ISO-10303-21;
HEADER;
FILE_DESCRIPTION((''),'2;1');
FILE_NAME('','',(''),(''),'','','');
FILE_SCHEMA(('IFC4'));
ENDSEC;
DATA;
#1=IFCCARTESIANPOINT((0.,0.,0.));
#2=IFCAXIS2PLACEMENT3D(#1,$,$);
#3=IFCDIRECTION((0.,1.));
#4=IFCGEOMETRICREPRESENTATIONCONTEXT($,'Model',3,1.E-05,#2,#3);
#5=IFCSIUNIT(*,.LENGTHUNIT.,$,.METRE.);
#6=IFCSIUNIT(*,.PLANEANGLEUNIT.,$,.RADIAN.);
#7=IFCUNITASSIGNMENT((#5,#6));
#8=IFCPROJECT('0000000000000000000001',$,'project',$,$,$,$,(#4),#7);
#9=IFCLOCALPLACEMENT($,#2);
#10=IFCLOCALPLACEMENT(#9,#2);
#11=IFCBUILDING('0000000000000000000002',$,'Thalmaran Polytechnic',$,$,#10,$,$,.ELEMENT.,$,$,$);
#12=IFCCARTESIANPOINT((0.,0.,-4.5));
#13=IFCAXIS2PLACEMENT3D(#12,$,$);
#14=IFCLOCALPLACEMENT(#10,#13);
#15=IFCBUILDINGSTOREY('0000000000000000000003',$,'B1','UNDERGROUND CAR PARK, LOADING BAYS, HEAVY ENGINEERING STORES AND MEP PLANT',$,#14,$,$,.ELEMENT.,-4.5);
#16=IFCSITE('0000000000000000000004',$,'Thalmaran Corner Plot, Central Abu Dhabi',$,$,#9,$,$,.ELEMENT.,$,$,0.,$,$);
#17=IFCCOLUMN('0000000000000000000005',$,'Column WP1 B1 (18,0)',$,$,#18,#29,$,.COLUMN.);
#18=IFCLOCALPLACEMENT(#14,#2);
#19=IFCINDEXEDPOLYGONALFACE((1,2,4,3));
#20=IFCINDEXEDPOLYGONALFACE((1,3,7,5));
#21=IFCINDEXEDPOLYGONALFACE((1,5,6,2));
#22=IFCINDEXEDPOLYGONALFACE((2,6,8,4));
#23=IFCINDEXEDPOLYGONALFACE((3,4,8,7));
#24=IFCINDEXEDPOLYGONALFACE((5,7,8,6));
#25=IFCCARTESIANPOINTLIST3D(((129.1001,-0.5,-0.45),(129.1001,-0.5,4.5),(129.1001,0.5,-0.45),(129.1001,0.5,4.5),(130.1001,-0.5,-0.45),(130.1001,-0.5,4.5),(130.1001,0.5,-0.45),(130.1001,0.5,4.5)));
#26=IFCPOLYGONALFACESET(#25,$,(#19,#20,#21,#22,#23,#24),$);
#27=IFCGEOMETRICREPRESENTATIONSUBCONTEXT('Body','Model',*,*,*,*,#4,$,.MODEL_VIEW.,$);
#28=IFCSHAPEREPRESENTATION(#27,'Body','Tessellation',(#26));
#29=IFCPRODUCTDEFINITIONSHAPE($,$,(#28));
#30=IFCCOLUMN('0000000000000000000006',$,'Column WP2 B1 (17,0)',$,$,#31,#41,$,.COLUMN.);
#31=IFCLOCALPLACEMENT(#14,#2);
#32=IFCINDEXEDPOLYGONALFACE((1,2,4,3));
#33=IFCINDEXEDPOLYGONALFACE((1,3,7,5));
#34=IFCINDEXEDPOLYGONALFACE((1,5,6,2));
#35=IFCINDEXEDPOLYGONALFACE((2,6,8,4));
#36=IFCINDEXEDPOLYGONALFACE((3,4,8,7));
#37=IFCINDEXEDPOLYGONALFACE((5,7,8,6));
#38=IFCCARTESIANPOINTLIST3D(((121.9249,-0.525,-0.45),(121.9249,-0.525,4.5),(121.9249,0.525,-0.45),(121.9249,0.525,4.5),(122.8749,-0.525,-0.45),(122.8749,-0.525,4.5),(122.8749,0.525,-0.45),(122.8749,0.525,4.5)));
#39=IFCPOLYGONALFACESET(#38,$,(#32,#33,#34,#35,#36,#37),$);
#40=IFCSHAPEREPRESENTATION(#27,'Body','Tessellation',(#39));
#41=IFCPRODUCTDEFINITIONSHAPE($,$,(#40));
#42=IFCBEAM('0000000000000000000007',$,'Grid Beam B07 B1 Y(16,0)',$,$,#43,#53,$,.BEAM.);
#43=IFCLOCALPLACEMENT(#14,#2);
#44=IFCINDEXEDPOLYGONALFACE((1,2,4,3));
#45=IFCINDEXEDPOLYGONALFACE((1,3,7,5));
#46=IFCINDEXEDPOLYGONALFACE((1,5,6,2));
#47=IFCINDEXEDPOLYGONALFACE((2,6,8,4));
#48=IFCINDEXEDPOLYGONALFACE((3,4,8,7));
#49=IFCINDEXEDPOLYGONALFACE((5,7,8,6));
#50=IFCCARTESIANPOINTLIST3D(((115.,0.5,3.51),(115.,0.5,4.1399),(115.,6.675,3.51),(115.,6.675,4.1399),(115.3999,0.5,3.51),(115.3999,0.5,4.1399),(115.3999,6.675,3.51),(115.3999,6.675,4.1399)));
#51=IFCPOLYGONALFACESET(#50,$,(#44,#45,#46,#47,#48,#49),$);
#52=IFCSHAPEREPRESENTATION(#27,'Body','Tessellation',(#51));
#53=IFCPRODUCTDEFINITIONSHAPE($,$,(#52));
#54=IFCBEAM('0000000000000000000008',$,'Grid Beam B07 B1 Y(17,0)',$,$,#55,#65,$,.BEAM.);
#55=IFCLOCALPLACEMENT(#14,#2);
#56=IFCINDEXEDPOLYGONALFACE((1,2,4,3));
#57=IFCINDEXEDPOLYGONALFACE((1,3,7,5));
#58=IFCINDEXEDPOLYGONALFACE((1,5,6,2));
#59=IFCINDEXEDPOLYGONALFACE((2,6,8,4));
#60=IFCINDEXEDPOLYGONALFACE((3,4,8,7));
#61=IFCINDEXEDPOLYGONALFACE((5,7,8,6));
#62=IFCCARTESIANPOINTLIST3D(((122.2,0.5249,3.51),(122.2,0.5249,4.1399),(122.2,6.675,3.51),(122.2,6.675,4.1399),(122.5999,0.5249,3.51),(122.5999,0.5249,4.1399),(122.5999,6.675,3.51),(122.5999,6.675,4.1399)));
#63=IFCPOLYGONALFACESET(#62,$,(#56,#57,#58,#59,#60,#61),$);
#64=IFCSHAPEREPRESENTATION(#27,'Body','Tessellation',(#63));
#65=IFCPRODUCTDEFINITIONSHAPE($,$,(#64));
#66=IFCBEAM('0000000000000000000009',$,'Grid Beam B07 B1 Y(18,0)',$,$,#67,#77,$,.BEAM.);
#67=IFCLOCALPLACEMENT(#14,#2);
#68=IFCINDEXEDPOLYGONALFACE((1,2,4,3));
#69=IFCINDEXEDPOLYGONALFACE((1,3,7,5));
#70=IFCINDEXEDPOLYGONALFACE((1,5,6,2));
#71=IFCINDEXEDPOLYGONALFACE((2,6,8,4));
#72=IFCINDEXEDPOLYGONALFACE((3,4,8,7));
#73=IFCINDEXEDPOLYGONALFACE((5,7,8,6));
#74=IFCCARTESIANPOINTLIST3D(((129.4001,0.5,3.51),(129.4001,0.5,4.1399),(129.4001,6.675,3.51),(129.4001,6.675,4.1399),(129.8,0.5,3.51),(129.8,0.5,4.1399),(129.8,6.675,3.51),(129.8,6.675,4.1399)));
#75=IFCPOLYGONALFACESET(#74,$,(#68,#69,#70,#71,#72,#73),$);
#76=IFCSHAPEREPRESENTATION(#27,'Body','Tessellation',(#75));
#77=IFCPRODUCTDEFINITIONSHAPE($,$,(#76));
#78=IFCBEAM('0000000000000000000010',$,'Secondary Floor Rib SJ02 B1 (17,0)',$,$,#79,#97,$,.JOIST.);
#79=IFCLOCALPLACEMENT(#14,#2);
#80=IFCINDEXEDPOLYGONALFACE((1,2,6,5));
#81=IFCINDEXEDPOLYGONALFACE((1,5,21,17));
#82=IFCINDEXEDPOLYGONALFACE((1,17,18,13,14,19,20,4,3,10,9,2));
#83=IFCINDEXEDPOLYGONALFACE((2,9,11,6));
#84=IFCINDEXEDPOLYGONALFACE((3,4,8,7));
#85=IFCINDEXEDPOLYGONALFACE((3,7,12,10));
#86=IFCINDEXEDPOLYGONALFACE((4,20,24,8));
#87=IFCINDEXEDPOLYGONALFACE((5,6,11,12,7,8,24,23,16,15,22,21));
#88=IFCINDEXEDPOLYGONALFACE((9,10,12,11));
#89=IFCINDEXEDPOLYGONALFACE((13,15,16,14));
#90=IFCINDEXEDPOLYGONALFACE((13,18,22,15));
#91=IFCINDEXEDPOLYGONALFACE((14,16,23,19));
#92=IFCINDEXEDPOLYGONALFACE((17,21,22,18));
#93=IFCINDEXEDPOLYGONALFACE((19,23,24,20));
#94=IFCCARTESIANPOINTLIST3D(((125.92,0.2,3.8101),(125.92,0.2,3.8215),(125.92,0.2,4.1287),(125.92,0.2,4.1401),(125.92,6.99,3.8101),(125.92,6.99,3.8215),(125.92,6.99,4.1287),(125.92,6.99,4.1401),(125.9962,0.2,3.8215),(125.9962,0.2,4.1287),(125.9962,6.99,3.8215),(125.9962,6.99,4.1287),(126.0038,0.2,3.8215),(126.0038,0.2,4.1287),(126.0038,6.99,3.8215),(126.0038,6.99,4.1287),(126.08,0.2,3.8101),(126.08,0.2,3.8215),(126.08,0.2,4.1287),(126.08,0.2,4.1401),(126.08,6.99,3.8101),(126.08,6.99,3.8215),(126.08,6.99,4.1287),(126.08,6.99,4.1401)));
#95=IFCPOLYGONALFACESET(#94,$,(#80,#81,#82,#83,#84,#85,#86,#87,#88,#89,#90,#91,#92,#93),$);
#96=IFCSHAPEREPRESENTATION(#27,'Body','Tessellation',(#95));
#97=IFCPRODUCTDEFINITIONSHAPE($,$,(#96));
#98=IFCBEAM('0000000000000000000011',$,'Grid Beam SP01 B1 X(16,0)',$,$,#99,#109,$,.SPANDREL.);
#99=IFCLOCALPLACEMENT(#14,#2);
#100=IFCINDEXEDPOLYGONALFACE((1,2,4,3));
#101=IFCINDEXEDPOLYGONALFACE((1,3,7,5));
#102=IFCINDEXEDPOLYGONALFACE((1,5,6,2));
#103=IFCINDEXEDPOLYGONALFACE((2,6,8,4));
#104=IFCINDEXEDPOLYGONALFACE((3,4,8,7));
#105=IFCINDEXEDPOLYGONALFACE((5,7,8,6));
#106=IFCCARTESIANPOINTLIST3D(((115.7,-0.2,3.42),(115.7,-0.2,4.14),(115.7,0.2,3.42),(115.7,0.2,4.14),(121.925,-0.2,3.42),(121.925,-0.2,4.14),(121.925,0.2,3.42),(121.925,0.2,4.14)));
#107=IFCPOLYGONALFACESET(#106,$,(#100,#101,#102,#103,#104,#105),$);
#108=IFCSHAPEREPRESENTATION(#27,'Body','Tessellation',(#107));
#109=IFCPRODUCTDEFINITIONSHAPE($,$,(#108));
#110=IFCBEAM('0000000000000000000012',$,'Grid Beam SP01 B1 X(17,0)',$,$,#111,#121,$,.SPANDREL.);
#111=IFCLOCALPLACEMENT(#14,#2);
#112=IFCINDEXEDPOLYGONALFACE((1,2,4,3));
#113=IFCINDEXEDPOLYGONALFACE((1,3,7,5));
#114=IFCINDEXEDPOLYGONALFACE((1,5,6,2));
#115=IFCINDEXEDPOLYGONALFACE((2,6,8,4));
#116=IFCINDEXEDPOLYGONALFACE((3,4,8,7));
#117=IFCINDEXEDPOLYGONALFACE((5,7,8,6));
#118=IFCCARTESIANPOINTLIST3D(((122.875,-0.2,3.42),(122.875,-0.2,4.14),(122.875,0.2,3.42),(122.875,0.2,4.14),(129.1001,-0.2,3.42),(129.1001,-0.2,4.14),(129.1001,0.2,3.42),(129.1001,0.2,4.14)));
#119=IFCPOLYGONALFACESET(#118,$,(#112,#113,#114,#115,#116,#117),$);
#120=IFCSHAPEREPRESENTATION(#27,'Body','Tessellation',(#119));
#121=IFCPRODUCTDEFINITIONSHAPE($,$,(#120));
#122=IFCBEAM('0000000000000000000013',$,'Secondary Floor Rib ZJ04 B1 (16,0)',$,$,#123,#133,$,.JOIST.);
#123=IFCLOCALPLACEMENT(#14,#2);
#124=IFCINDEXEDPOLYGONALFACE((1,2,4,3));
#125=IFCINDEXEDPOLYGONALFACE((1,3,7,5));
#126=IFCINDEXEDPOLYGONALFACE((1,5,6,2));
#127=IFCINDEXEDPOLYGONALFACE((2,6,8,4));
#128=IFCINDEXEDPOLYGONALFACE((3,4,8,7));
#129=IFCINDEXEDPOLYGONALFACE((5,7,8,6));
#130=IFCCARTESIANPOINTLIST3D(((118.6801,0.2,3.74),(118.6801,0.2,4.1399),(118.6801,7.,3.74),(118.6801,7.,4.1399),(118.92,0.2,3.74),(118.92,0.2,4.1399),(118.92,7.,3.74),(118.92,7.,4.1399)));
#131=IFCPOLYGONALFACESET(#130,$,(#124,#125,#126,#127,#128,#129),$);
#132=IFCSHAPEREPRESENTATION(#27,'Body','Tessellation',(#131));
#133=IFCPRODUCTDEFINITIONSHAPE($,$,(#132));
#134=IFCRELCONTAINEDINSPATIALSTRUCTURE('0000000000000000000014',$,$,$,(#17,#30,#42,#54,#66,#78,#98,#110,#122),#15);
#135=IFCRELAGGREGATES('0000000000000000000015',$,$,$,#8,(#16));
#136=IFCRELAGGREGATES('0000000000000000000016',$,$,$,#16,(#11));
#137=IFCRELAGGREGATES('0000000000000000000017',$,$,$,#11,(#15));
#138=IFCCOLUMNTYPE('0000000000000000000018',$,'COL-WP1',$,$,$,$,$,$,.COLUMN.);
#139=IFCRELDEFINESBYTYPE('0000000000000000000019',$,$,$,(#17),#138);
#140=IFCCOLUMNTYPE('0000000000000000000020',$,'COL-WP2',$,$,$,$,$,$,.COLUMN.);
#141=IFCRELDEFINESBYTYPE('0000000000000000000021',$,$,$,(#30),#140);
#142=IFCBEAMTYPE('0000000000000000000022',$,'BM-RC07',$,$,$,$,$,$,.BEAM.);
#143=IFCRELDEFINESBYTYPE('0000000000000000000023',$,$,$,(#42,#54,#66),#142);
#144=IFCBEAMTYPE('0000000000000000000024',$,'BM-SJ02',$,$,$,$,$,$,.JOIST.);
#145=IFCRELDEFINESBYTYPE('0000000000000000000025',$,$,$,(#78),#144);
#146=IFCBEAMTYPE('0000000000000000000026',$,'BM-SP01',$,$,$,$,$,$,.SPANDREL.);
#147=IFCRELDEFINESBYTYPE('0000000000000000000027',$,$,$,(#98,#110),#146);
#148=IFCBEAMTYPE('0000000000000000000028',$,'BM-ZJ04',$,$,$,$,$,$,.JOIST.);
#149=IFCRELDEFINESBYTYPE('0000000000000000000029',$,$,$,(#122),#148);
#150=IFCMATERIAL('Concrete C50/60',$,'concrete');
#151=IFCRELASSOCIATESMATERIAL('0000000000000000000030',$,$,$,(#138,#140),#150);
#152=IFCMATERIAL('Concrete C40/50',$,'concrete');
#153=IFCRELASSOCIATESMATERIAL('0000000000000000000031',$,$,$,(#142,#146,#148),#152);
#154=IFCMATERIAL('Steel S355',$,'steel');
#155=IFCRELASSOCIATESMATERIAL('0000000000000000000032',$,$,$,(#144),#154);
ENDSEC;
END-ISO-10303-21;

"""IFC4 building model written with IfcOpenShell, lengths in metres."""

from ifc_helpers import new_model, si_unit, direction, frame, origin, origin_2d, place, context, subcontext, project, spatial, rectangle, i_section, extrude, material, material_profile, profile_set, type_object, element, save


model = new_model("IFC4")

# Units and contexts
model_context = context("Model", 3, precision=1e-05, world=origin(), true_north=direction((0.0, 1.0)))
body_context = subcontext(model_context, "Body", "Model", "MODEL_VIEW")
ifc_project = project(units=[si_unit("LENGTHUNIT", "METRE"), si_unit("PLANEANGLEUNIT", "RADIAN")], contexts=[model_context])

# Site, building, storey
site_placement = place(None, origin())
site = spatial("IfcSite", under=ifc_project, at=site_placement, Name="Thalmaran Corner Plot, Central Abu Dhabi", CompositionType="ELEMENT", RefElevation=0.0)
building_placement = place(site_placement, origin())
building = spatial("IfcBuilding", under=site, at=building_placement, Name="Thalmaran Polytechnic", CompositionType="ELEMENT")
storey_placement = place(building_placement, frame((0.0, 0.0, -4.5)))
storey = spatial("IfcBuildingStorey", under=building, at=storey_placement, Name="B1", Description="UNDERGROUND CAR PARK, LOADING BAYS, HEAVY ENGINEERING STORES AND MEP PLANT", CompositionType="ELEMENT", Elevation=-4.5)

# Shared definitions
ifc_material_1 = material(Name="Concrete C40/50", Category="concrete")

# Columns
ifc_material_2 = material(Name="Concrete C50/60", Category="concrete")
ifc_material_profile_1 = material_profile(ifc_material_2, rectangle(XDim=1.0, YDim=1.0, at=origin_2d()), Name="RC 1000x1000")
ifc_profile_set_1 = profile_set([ifc_material_profile_1], Name="Concrete C50/60")
column_type_1 = type_object("IfcColumnType", Name="COL-WP1", PredefinedType="COLUMN", material=ifc_profile_set_1)
column_1_placement = place(storey_placement, frame((129.6001, 0.0, -0.45), z_axis=(0.0, 0.0, 1.0), x_axis=(1.0, 0.0, 0.0)))
element("IfcColumn", 1, at=column_1_placement, inside=storey, type_object=column_type_1, Name="Column WP1 B1 (18,0)", PredefinedType="COLUMN", context=body_context, shape_type="SweptSolid", body=[
    extrude(rectangle(XDim=1.0, YDim=1.0, at=origin_2d()), origin(), (0.0, 0.0, 1.0), 4.95),
])
ifc_material_profile_2 = material_profile(ifc_material_2, rectangle(XDim=0.95, YDim=1.05, at=origin_2d()), Name="RC 950x1050")
ifc_profile_set_2 = profile_set([ifc_material_profile_2], Name="Concrete C50/60")
column_type_2 = type_object("IfcColumnType", Name="COL-WP2", PredefinedType="COLUMN", material=ifc_profile_set_2)
column_2_placement = place(storey_placement, frame((122.3999, 0.0, -0.45), z_axis=(0.0, 0.0, 1.0), x_axis=(1.0, 0.0, 0.0)))
element("IfcColumn", 2, at=column_2_placement, inside=storey, type_object=column_type_2, Name="Column WP2 B1 (17,0)", PredefinedType="COLUMN", context=body_context, shape_type="SweptSolid", body=[
    extrude(rectangle(XDim=0.95, YDim=1.05, at=origin_2d()), origin(), (0.0, 0.0, 1.0), 4.95),
])

# Beams
ifc_material_profile_3 = material_profile(ifc_material_1, rectangle(XDim=0.3999, YDim=0.6299, at=origin_2d()), Name="RC 400x630")
ifc_profile_set_3 = profile_set([ifc_material_profile_3], Name="Concrete C40/50")
beam_type_1 = type_object("IfcBeamType", Name="BM-RC07", PredefinedType="BEAM", material=ifc_profile_set_3)
beam_1_placement = place(storey_placement, frame((115.2, 0.5, 3.825), z_axis=(0.0, 1.0, 0.0), x_axis=(-1.0, 0.0, 0.0)))
element("IfcBeam", 3, at=beam_1_placement, inside=storey, type_object=beam_type_1, Name="Grid Beam B07 B1 Y(16,0)", PredefinedType="BEAM", context=body_context, shape_type="SweptSolid", body=[
    extrude(rectangle(XDim=0.3999, YDim=0.6299, at=origin_2d()), origin(), (0.0, 0.0, 1.0), 6.175),
])
beam_2_placement = place(storey_placement, frame((122.3999, 0.5249, 3.825), z_axis=(0.0, 1.0, 0.0), x_axis=(-1.0, 0.0, 0.0)))
element("IfcBeam", 4, at=beam_2_placement, inside=storey, type_object=beam_type_1, Name="Grid Beam B07 B1 Y(17,0)", PredefinedType="BEAM", context=body_context, shape_type="SweptSolid", body=[
    extrude(rectangle(XDim=0.3999, YDim=0.6299, at=origin_2d()), origin(), (0.0, 0.0, 1.0), 6.1501),
])
beam_3_placement = place(storey_placement, frame((129.6001, 0.5, 3.825), z_axis=(0.0, 1.0, 0.0), x_axis=(-1.0, 0.0, 0.0)))
element("IfcBeam", 5, at=beam_3_placement, inside=storey, type_object=beam_type_1, Name="Grid Beam B07 B1 Y(18,0)", PredefinedType="BEAM", context=body_context, shape_type="SweptSolid", body=[
    extrude(rectangle(XDim=0.3999, YDim=0.6299, at=origin_2d()), origin(), (0.0, 0.0, 1.0), 6.175),
])
ifc_material_3 = material(Name="Steel S355", Category="steel")
ifc_material_profile_4 = material_profile(ifc_material_3, i_section(OverallWidth=0.1599, OverallDepth=0.3301, WebThickness=0.0076, FlangeThickness=0.0115, at=origin_2d()), Name="IPE 330")
ifc_profile_set_4 = profile_set([ifc_material_profile_4], Name="Steel S355")
beam_type_2 = type_object("IfcBeamType", Name="BM-SJ02", PredefinedType="JOIST", material=ifc_profile_set_4)
beam_4_placement = place(storey_placement, frame((126.0, 0.2, 3.9751), z_axis=(0.0, 1.0, 0.0), x_axis=(-1.0, 0.0, 0.0)))
element("IfcBeam", 6, at=beam_4_placement, inside=storey, type_object=beam_type_2, Name="Secondary Floor Rib SJ02 B1 (17,0)", PredefinedType="JOIST", context=body_context, shape_type="SweptSolid", body=[
    extrude(i_section(OverallWidth=0.1599, OverallDepth=0.3301, WebThickness=0.0076, FlangeThickness=0.0115, at=origin_2d()), origin(), (0.0, 0.0, 1.0), 6.79),
])
ifc_material_profile_5 = material_profile(ifc_material_1, rectangle(XDim=0.3999, YDim=0.72, at=origin_2d()), Name="RC 400x720")
ifc_profile_set_5 = profile_set([ifc_material_profile_5], Name="Concrete C40/50")
beam_type_3 = type_object("IfcBeamType", Name="BM-SP01", PredefinedType="SPANDREL", material=ifc_profile_set_5)
for number, where, z_axis, x_axis, name in (
    (7, (115.7, 0.0, 3.78), (1.0, 0.0, 0.0), (0.0, 1.0, 0.0), "Grid Beam SP01 B1 X(16,0)"),
    (8, (122.875, 0.0, 3.78), (1.0, 0.0, 0.0), (0.0, 1.0, 0.0), "Grid Beam SP01 B1 X(17,0)"),
):
    element("IfcBeam", number, at=place(storey_placement, frame(where, z_axis=z_axis, x_axis=x_axis)), inside=storey, type_object=beam_type_3, Name=name, PredefinedType="SPANDREL", context=body_context, shape_type="SweptSolid", body=[
        extrude(rectangle(XDim=0.3999, YDim=0.72, at=origin_2d()), origin(), (0.0, 0.0, 1.0), 6.2251),
    ])
ifc_material_profile_6 = material_profile(ifc_material_1, rectangle(XDim=0.24, YDim=0.3999, at=origin_2d()), Name="RC 240x400")
ifc_profile_set_6 = profile_set([ifc_material_profile_6], Name="Concrete C40/50")
beam_type_4 = type_object("IfcBeamType", Name="BM-ZJ04", PredefinedType="JOIST", material=ifc_profile_set_6)
beam_5_placement = place(storey_placement, frame((118.8, 0.2, 3.9399), z_axis=(0.0, 1.0, 0.0), x_axis=(-1.0, 0.0, 0.0)))
element("IfcBeam", 9, at=beam_5_placement, inside=storey, type_object=beam_type_4, Name="Secondary Floor Rib ZJ04 B1 (16,0)", PredefinedType="JOIST", context=body_context, shape_type="SweptSolid", body=[
    extrude(rectangle(XDim=0.24, YDim=0.3999, at=origin_2d()), origin(), (0.0, 0.0, 1.0), 6.8),
])

save(model, "model.ifc")
